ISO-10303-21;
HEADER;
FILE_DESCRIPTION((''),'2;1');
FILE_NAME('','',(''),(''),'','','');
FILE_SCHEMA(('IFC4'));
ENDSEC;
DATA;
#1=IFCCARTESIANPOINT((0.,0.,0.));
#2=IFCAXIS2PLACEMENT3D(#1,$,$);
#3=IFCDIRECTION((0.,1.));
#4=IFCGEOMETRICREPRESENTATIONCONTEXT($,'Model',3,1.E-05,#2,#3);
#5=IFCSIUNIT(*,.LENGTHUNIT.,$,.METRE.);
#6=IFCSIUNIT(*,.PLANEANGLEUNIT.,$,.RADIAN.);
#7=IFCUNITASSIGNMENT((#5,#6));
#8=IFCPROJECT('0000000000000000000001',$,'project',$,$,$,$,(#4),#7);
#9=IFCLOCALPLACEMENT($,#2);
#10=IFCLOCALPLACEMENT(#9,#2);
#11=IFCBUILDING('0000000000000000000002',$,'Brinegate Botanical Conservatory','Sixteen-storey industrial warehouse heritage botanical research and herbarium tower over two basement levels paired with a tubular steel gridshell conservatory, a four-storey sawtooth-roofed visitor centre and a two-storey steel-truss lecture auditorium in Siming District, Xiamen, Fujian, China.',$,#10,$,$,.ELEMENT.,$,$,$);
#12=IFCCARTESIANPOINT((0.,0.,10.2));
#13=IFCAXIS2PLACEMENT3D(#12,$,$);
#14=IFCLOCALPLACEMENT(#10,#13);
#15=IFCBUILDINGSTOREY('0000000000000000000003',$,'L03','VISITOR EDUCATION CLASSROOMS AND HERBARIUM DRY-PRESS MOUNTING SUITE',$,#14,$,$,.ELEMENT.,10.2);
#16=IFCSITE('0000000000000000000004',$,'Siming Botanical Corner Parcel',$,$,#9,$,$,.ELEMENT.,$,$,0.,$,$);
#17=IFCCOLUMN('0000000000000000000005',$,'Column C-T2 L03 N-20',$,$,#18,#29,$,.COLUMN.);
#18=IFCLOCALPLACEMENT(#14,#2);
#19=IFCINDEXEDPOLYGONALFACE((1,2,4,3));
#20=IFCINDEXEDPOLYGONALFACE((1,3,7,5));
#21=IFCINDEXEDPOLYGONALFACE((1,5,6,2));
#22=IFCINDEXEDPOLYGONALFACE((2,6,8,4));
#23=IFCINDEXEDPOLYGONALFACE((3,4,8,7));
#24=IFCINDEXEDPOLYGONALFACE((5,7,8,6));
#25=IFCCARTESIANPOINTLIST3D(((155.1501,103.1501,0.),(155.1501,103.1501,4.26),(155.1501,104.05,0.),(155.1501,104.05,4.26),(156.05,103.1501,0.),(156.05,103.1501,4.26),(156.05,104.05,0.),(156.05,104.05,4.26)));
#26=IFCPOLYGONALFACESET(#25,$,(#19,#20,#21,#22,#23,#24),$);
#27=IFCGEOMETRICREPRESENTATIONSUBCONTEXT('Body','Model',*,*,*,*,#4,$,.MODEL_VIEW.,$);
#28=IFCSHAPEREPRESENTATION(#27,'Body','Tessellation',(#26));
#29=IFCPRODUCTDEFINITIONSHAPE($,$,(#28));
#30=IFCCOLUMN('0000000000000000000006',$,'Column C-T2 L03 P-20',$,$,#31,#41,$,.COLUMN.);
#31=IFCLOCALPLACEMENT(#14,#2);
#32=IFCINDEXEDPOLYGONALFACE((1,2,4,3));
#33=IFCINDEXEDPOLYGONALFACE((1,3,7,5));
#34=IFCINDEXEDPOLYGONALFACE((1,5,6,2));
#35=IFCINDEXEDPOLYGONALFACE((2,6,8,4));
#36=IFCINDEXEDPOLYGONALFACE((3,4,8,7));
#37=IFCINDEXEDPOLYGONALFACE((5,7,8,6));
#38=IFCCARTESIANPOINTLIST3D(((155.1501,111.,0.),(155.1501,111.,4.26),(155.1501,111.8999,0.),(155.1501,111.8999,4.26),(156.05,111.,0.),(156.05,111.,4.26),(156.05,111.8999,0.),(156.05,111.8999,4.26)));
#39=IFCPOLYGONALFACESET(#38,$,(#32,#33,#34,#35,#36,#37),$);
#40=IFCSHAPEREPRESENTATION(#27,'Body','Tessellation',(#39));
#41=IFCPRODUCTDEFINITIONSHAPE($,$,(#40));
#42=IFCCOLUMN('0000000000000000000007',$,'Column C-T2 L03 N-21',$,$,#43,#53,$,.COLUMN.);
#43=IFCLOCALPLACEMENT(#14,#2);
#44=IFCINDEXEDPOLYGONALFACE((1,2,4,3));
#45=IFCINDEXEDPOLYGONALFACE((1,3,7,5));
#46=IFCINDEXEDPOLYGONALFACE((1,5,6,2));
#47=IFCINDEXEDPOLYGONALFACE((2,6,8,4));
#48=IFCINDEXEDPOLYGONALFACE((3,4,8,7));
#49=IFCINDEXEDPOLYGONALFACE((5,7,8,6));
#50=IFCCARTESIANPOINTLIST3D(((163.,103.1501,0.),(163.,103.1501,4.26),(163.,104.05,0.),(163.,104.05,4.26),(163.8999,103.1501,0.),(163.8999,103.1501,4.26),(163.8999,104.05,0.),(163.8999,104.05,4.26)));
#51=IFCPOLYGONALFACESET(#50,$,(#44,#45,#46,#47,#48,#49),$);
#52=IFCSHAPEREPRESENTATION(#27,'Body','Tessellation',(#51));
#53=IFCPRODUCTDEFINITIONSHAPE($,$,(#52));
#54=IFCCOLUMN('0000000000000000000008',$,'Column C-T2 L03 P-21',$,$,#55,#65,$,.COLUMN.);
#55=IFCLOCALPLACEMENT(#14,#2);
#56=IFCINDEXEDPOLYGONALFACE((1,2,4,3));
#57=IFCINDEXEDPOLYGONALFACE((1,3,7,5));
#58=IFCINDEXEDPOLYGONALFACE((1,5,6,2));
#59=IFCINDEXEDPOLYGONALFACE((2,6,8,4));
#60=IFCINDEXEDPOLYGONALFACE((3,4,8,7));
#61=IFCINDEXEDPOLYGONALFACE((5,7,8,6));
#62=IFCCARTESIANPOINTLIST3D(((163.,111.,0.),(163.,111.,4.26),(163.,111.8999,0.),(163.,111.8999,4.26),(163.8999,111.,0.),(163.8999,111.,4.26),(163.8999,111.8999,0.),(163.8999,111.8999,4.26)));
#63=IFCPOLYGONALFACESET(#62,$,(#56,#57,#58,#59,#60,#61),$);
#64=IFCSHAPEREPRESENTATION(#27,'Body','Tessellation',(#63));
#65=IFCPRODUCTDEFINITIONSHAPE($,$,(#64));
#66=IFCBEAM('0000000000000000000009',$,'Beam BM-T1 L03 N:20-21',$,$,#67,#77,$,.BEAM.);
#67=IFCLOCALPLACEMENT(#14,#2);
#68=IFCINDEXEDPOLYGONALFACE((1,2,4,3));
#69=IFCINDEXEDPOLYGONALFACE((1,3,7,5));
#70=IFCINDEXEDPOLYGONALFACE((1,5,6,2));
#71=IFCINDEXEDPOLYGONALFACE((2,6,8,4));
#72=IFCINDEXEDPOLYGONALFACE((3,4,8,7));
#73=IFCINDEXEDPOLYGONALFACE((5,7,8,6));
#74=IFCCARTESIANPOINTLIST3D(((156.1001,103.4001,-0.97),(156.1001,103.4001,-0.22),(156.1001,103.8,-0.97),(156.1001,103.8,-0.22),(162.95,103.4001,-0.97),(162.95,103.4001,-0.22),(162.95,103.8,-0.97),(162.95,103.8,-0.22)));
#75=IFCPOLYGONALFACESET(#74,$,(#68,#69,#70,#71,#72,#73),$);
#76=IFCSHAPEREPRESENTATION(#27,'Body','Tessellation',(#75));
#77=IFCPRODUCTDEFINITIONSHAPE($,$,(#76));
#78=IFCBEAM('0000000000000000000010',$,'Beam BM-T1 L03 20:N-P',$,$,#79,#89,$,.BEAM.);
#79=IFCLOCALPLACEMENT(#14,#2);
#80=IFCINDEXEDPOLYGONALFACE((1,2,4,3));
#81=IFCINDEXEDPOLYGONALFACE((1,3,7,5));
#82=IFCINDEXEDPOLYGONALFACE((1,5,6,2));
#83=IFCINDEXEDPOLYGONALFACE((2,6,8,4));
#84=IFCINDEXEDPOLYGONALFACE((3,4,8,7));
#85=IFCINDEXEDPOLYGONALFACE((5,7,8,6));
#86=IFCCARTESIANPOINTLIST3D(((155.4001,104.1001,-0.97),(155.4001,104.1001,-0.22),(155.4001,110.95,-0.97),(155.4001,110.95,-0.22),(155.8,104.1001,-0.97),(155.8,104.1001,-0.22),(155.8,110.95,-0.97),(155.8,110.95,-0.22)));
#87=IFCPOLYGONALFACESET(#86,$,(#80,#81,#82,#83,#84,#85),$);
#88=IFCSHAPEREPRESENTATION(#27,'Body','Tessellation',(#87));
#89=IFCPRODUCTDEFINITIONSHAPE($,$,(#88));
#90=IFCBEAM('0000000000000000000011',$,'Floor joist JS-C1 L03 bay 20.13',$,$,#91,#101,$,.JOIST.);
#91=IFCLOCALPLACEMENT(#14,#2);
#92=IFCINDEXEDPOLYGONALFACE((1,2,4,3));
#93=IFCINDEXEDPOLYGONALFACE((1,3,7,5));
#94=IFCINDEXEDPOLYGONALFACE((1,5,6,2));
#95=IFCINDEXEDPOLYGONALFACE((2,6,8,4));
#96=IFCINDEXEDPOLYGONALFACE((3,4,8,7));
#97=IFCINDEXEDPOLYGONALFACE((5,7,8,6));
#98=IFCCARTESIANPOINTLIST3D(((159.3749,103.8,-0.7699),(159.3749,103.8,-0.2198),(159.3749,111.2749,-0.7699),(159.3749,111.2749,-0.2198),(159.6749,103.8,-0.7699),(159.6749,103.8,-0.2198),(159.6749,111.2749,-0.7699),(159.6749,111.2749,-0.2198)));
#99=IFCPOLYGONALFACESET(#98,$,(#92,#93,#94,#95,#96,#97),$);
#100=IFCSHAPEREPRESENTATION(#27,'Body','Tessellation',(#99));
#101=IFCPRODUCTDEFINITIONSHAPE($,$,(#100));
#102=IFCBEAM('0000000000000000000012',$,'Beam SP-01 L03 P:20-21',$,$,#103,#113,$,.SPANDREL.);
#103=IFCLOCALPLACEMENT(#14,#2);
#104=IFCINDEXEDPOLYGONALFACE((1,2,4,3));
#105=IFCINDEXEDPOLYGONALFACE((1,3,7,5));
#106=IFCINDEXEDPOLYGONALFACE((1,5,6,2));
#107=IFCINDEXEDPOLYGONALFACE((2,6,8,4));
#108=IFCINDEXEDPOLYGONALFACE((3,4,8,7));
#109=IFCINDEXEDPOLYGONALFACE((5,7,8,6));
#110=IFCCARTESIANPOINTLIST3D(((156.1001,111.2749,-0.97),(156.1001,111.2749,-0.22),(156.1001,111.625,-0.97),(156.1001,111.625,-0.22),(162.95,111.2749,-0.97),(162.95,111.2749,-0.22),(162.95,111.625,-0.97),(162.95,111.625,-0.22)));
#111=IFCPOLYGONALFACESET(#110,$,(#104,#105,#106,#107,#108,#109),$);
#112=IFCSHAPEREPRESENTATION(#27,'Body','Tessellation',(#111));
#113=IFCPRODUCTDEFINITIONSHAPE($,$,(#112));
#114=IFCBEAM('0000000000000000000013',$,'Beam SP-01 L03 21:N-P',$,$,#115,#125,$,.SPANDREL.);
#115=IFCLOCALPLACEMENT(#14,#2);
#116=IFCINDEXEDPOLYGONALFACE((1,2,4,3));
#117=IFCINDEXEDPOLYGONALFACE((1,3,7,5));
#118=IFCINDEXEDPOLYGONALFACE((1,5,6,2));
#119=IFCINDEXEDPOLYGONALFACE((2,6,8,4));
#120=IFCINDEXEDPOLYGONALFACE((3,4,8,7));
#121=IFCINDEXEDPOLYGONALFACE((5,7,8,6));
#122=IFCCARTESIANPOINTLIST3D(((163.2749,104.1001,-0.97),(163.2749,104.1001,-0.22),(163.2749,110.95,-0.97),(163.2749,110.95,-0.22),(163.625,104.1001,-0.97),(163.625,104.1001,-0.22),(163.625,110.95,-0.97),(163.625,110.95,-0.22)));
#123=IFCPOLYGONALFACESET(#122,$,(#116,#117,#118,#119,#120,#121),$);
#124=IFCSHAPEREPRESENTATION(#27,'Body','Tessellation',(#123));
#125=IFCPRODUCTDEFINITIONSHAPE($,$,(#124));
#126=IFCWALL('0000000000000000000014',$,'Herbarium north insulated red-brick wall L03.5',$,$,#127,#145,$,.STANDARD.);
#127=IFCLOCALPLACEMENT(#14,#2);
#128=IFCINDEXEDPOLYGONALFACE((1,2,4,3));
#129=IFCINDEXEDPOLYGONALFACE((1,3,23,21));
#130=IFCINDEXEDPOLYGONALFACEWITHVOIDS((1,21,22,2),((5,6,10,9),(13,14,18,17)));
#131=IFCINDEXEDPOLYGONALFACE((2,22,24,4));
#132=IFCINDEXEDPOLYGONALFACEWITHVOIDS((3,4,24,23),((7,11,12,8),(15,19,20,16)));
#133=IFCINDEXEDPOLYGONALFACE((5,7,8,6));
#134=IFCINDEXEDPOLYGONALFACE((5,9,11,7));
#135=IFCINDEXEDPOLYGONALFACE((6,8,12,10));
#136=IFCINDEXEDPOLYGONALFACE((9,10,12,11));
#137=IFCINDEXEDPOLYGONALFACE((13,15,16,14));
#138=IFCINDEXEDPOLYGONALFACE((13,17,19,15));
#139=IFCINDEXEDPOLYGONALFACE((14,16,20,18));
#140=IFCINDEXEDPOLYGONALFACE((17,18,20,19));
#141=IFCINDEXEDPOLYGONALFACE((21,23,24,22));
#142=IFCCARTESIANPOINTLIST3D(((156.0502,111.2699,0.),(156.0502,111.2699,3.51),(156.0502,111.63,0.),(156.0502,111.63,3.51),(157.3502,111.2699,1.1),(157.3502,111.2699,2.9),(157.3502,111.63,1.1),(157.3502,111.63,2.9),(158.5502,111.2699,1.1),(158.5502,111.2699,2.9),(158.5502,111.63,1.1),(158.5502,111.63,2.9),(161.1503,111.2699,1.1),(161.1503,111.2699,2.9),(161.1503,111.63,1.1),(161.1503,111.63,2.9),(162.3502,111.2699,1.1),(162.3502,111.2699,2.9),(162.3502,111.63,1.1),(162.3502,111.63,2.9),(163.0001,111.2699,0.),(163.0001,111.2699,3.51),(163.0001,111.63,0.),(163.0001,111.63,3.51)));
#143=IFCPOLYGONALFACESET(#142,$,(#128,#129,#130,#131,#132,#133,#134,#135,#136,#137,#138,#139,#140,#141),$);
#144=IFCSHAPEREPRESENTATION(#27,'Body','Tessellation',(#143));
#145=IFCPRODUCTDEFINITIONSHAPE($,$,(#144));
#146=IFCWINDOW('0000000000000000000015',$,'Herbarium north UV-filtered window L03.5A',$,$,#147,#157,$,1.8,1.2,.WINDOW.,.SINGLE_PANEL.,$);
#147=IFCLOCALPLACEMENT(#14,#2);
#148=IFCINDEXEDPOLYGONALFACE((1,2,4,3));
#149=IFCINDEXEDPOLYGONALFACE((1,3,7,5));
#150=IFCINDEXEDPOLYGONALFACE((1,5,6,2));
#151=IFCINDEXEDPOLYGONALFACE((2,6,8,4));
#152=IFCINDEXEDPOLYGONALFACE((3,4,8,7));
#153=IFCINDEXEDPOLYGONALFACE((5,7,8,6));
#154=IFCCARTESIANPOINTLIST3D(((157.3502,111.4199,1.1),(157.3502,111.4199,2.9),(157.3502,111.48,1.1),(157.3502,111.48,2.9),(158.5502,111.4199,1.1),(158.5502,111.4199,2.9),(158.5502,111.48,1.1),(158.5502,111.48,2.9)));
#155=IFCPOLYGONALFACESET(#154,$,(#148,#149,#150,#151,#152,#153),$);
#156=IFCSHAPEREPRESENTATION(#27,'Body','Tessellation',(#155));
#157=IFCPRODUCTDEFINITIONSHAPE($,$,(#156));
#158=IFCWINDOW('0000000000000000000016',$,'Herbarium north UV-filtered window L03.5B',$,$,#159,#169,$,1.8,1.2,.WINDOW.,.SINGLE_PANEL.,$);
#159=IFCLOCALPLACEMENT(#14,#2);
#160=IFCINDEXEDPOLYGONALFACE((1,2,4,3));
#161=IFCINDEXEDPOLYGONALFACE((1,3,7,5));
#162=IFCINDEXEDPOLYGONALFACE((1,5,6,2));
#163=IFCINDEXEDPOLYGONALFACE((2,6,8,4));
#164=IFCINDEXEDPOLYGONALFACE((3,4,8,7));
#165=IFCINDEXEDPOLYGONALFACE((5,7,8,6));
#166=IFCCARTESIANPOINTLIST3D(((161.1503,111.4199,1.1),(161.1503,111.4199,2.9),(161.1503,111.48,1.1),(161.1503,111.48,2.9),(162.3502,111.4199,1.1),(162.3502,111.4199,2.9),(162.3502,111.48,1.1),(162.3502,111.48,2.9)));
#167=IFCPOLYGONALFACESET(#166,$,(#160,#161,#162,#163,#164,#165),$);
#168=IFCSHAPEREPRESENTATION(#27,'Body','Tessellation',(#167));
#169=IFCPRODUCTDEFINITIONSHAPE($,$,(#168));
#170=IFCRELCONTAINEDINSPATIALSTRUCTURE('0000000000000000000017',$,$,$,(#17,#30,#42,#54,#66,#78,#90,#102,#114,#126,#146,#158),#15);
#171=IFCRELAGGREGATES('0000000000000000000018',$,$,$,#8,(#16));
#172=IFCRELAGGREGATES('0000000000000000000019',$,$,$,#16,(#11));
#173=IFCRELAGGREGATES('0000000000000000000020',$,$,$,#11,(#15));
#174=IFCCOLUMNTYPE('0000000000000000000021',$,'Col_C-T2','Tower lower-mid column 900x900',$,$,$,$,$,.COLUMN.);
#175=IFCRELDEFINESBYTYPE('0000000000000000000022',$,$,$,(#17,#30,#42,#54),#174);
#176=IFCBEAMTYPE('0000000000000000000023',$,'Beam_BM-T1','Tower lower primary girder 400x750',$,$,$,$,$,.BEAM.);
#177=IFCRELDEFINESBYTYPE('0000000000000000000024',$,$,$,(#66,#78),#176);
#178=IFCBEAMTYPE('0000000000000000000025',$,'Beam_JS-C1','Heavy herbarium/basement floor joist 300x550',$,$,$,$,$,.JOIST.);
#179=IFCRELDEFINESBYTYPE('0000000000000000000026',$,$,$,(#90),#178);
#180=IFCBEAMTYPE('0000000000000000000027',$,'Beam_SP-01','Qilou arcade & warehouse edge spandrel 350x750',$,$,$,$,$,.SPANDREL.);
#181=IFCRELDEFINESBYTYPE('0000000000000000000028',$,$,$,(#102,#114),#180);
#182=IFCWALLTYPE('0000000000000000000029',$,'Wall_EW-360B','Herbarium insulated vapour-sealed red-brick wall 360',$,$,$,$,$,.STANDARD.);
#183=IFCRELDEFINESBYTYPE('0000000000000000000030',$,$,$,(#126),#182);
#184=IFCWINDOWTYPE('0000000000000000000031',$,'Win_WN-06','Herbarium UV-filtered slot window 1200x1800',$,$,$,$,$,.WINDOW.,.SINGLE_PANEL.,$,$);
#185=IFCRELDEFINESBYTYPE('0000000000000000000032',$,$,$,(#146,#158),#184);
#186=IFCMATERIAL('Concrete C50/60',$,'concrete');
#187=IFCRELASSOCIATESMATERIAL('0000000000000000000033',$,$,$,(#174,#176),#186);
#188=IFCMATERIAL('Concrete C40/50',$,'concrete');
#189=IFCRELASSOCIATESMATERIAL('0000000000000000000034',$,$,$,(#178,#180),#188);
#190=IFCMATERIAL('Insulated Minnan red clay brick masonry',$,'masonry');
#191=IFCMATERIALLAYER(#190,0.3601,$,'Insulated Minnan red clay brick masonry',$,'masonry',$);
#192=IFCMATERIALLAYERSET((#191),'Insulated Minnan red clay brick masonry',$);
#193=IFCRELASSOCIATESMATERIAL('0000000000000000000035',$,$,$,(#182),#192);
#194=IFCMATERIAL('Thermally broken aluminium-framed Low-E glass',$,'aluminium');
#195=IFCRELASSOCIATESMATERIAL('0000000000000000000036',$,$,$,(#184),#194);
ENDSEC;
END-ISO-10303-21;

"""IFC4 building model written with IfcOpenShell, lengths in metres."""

from ifc_helpers import new_model, si_unit, direction, frame, frame_2d, origin, origin_2d, place, context, subcontext, project, spatial, rectangle, extrude, material, layer, layer_set, material_profile, profile_set, type_object, element, fill, save


model = new_model("IFC4")

# Units and contexts
model_context = context("Model", 3, precision=1e-05, world=origin(), true_north=direction((0.0, 1.0)))
body_context = subcontext(model_context, "Body", "Model", "MODEL_VIEW")
ifc_project = project(units=[si_unit("LENGTHUNIT", "METRE"), si_unit("PLANEANGLEUNIT", "RADIAN")], contexts=[model_context])

# Site, building, storey
site_placement = place(None, origin())
site = spatial("IfcSite", under=ifc_project, at=site_placement, Name="Siming Botanical Corner Parcel", CompositionType="ELEMENT", RefElevation=0.0)
building_placement = place(site_placement, origin())
building = spatial("IfcBuilding", under=site, at=building_placement, Name="Brinegate Botanical Conservatory", Description="Sixteen-storey industrial warehouse heritage botanical research and herbarium tower over two basement levels paired with a tubular steel gridshell conservatory, a four-storey sawtooth-roofed visitor centre and a two-storey steel-truss lecture auditorium in Siming District, Xiamen, Fujian, China.", CompositionType="ELEMENT")
storey_placement = place(building_placement, frame((0.0, 0.0, 10.2)))
storey = spatial("IfcBuildingStorey", under=building, at=storey_placement, Name="L03", Description="VISITOR EDUCATION CLASSROOMS AND HERBARIUM DRY-PRESS MOUNTING SUITE", CompositionType="ELEMENT", Elevation=10.2)

# Columns
ifc_material_1 = material(Name="Concrete C50/60", Category="concrete")
ifc_material_profile_1 = material_profile(ifc_material_1, rectangle(XDim=0.8999, YDim=0.8999, at=origin_2d()), Name="RC COL 900x900")
ifc_profile_set_1 = profile_set([ifc_material_profile_1], Name="Concrete C50/60")
column_type = type_object("IfcColumnType", Name="Col_C-T2", Description="Tower lower-mid column 900x900", PredefinedType="COLUMN", material=ifc_profile_set_1)
for number, where, z_axis, x_axis, name in (
    (1, (155.6001, 103.6001, 0.0), (0.0, 0.0, 1.0), (1.0, 0.0, 0.0), "Column C-T2 L03 N-20"),
    (2, (155.6001, 111.45, 0.0), (0.0, 0.0, 1.0), (1.0, 0.0, 0.0), "Column C-T2 L03 P-20"),
    (3, (163.45, 103.6001, 0.0), (0.0, 0.0, 1.0), (1.0, 0.0, 0.0), "Column C-T2 L03 N-21"),
    (4, (163.45, 111.45, 0.0), (0.0, 0.0, 1.0), (1.0, 0.0, 0.0), "Column C-T2 L03 P-21"),
):
    element("IfcColumn", number, at=place(storey_placement, frame(where, z_axis=z_axis, x_axis=x_axis)), inside=storey, type_object=column_type, Name=name, PredefinedType="COLUMN", context=body_context, shape_type="SweptSolid", body=[
        extrude(rectangle(XDim=0.8999, YDim=0.8999, at=origin_2d()), origin(), (0.0, 0.0, 1.0), 4.26),
    ])

# Beams
ifc_material_profile_2 = material_profile(ifc_material_1, rectangle(XDim=0.3999, YDim=0.75, at=origin_2d()), Name="RC BM 400x750")
ifc_profile_set_2 = profile_set([ifc_material_profile_2], Name="Concrete C50/60")
beam_type_1 = type_object("IfcBeamType", Name="Beam_BM-T1", Description="Tower lower primary girder 400x750", PredefinedType="BEAM", material=ifc_profile_set_2)
for number, where, z_axis, x_axis, name in (
    (5, (156.1001, 103.6001, -0.595), (1.0, 0.0, 0.0), (0.0, 1.0, 0.0), "Beam BM-T1 L03 N:20-21"),
    (6, (155.6001, 104.1001, -0.595), (0.0, 1.0, 0.0), (-1.0, 0.0, 0.0), "Beam BM-T1 L03 20:N-P"),
):
    element("IfcBeam", number, at=place(storey_placement, frame(where, z_axis=z_axis, x_axis=x_axis)), inside=storey, type_object=beam_type_1, Name=name, PredefinedType="BEAM", context=body_context, shape_type="SweptSolid", body=[
        extrude(rectangle(XDim=0.3999, YDim=0.75, at=origin_2d()), origin(), (0.0, 0.0, 1.0), 6.8499),
    ])
ifc_material_2 = material(Name="Concrete C40/50", Category="concrete")
ifc_material_profile_3 = material_profile(ifc_material_2, rectangle(XDim=0.3, YDim=0.55, at=origin_2d()), Name="RC JST 300x550")
ifc_profile_set_3 = profile_set([ifc_material_profile_3], Name="Concrete C40/50")
beam_type_2 = type_object("IfcBeamType", Name="Beam_JS-C1", Description="Heavy herbarium/basement floor joist 300x550", PredefinedType="JOIST", material=ifc_profile_set_3)
beam_placement = place(storey_placement, frame((159.5249, 103.8, -0.4949), z_axis=(0.0, 1.0, 0.0), x_axis=(-1.0, 0.0, 0.0)))
element("IfcBeam", 7, at=beam_placement, inside=storey, type_object=beam_type_2, Name="Floor joist JS-C1 L03 bay 20.13", PredefinedType="JOIST", context=body_context, shape_type="SweptSolid", body=[
    extrude(rectangle(XDim=0.3, YDim=0.55, at=origin_2d()), origin(), (0.0, 0.0, 1.0), 7.4749),
])
ifc_material_profile_4 = material_profile(ifc_material_2, rectangle(XDim=0.3501, YDim=0.75, at=origin_2d()), Name="RC SPN 350x750")
ifc_profile_set_4 = profile_set([ifc_material_profile_4], Name="Concrete C40/50")
beam_type_3 = type_object("IfcBeamType", Name="Beam_SP-01", Description="Qilou arcade & warehouse edge spandrel 350x750", PredefinedType="SPANDREL", material=ifc_profile_set_4)
for number, where, z_axis, x_axis, name in (
    (8, (156.1001, 111.45, -0.595), (1.0, 0.0, 0.0), (0.0, 1.0, 0.0), "Beam SP-01 L03 P:20-21"),
    (9, (163.45, 104.1001, -0.595), (0.0, 1.0, 0.0), (-1.0, 0.0, 0.0), "Beam SP-01 L03 21:N-P"),
):
    element("IfcBeam", number, at=place(storey_placement, frame(where, z_axis=z_axis, x_axis=x_axis)), inside=storey, type_object=beam_type_3, Name=name, PredefinedType="SPANDREL", context=body_context, shape_type="SweptSolid", body=[
        extrude(rectangle(XDim=0.3501, YDim=0.75, at=origin_2d()), origin(), (0.0, 0.0, 1.0), 6.8499),
    ])

# Wall, openings, windows
ifc_material_3 = material(Name="Insulated Minnan red clay brick masonry", Category="masonry")
ifc_layer_1 = layer(ifc_material_3, 0.3601, Name="Insulated Minnan red clay brick masonry", Category="masonry")
ifc_layer_set_1 = layer_set([ifc_layer_1], Name="Insulated Minnan red clay brick masonry")
wall_type_1 = type_object("IfcWallType", Name="Wall_EW-360B", Description="Herbarium insulated vapour-sealed red-brick wall 360", PredefinedType="STANDARD", material=ifc_layer_set_1)
wall_1_placement = place(storey_placement, frame((156.05, 111.45, 0.0), z_axis=(0.0, 0.0, 1.0), x_axis=(1.0, 0.0, 0.0)))
wall_1 = element("IfcWall", 10, at=wall_1_placement, inside=storey, type_object=wall_type_1, Name="Herbarium north insulated red-brick wall L03.5", PredefinedType="STANDARD", context=body_context, shape_type="SweptSolid", body=[
    extrude(rectangle(XDim=6.95, YDim=0.3601, at=frame_2d((3.4751, 0.0))), origin(), (0.0, 0.0, 1.0), 3.51),
])
opening_1_placement = place(wall_1_placement, frame((1.3, 0.0, 1.1001)))
opening_1 = element("IfcOpeningElement", 11, at=opening_1_placement, cuts=wall_1, PredefinedType="OPENING", context=body_context, shape_type="SweptSolid", body=[
    extrude(rectangle(XDim=1.2, YDim=1.8, at=frame_2d((0.6001, 0.8999))), frame((0.0, 0.1899, 0.0), z_axis=(0.0, -1.0, 0.0), x_axis=(1.0, 0.0, 0.0)), (0.0, 0.0, 1.0), 0.3801),
])
opening_2_placement = place(wall_1_placement, frame((5.1001, 0.0, 1.1001)))
opening_2 = element("IfcOpeningElement", 12, at=opening_2_placement, cuts=wall_1, PredefinedType="OPENING", context=body_context, shape_type="SweptSolid", body=[
    extrude(rectangle(XDim=1.2, YDim=1.8, at=frame_2d((0.6001, 0.8999))), frame((0.0, 0.1899, 0.0), z_axis=(0.0, -1.0, 0.0), x_axis=(1.0, 0.0, 0.0)), (0.0, 0.0, 1.0), 0.3801),
])
ifc_material_4 = material(Name="Thermally broken aluminium-framed Low-E glass", Category="aluminium")
window_type_1 = type_object("IfcWindowType", Name="Win_WN-06", Description="Herbarium UV-filtered slot window 1200x1800", PartitioningType="SINGLE_PANEL", PredefinedType="WINDOW", material=ifc_material_4)
window_1_placement = place(opening_1_placement, origin())
window_1 = element("IfcWindow", 13, at=window_1_placement, inside=storey, type_object=window_type_1, Name="Herbarium north UV-filtered window L03.5A", OverallHeight=1.8, OverallWidth=1.2, PartitioningType="SINGLE_PANEL", PredefinedType="WINDOW", context=body_context, shape_type="SweptSolid", body=[
    extrude(rectangle(XDim=1.2, YDim=1.8, at=frame_2d((0.6001, 0.8999))), frame((0.0, 0.03, 0.0), z_axis=(0.0, -1.0, 0.0), x_axis=(1.0, 0.0, 0.0)), (0.0, 0.0, 1.0), 0.0601),
])
fill(opening_1, window_1)
window_2_placement = place(opening_2_placement, origin())
window_2 = element("IfcWindow", 14, at=window_2_placement, inside=storey, type_object=window_type_1, Name="Herbarium north UV-filtered window L03.5B", OverallHeight=1.8, OverallWidth=1.2, PartitioningType="SINGLE_PANEL", PredefinedType="WINDOW", context=body_context, shape_type="SweptSolid", body=[
    extrude(rectangle(XDim=1.2, YDim=1.8, at=frame_2d((0.6001, 0.8999))), frame((0.0, 0.03, 0.0), z_axis=(0.0, -1.0, 0.0), x_axis=(1.0, 0.0, 0.0)), (0.0, 0.0, 1.0), 0.0601),
])
fill(opening_2, window_2)

save(model, "model.ifc")
